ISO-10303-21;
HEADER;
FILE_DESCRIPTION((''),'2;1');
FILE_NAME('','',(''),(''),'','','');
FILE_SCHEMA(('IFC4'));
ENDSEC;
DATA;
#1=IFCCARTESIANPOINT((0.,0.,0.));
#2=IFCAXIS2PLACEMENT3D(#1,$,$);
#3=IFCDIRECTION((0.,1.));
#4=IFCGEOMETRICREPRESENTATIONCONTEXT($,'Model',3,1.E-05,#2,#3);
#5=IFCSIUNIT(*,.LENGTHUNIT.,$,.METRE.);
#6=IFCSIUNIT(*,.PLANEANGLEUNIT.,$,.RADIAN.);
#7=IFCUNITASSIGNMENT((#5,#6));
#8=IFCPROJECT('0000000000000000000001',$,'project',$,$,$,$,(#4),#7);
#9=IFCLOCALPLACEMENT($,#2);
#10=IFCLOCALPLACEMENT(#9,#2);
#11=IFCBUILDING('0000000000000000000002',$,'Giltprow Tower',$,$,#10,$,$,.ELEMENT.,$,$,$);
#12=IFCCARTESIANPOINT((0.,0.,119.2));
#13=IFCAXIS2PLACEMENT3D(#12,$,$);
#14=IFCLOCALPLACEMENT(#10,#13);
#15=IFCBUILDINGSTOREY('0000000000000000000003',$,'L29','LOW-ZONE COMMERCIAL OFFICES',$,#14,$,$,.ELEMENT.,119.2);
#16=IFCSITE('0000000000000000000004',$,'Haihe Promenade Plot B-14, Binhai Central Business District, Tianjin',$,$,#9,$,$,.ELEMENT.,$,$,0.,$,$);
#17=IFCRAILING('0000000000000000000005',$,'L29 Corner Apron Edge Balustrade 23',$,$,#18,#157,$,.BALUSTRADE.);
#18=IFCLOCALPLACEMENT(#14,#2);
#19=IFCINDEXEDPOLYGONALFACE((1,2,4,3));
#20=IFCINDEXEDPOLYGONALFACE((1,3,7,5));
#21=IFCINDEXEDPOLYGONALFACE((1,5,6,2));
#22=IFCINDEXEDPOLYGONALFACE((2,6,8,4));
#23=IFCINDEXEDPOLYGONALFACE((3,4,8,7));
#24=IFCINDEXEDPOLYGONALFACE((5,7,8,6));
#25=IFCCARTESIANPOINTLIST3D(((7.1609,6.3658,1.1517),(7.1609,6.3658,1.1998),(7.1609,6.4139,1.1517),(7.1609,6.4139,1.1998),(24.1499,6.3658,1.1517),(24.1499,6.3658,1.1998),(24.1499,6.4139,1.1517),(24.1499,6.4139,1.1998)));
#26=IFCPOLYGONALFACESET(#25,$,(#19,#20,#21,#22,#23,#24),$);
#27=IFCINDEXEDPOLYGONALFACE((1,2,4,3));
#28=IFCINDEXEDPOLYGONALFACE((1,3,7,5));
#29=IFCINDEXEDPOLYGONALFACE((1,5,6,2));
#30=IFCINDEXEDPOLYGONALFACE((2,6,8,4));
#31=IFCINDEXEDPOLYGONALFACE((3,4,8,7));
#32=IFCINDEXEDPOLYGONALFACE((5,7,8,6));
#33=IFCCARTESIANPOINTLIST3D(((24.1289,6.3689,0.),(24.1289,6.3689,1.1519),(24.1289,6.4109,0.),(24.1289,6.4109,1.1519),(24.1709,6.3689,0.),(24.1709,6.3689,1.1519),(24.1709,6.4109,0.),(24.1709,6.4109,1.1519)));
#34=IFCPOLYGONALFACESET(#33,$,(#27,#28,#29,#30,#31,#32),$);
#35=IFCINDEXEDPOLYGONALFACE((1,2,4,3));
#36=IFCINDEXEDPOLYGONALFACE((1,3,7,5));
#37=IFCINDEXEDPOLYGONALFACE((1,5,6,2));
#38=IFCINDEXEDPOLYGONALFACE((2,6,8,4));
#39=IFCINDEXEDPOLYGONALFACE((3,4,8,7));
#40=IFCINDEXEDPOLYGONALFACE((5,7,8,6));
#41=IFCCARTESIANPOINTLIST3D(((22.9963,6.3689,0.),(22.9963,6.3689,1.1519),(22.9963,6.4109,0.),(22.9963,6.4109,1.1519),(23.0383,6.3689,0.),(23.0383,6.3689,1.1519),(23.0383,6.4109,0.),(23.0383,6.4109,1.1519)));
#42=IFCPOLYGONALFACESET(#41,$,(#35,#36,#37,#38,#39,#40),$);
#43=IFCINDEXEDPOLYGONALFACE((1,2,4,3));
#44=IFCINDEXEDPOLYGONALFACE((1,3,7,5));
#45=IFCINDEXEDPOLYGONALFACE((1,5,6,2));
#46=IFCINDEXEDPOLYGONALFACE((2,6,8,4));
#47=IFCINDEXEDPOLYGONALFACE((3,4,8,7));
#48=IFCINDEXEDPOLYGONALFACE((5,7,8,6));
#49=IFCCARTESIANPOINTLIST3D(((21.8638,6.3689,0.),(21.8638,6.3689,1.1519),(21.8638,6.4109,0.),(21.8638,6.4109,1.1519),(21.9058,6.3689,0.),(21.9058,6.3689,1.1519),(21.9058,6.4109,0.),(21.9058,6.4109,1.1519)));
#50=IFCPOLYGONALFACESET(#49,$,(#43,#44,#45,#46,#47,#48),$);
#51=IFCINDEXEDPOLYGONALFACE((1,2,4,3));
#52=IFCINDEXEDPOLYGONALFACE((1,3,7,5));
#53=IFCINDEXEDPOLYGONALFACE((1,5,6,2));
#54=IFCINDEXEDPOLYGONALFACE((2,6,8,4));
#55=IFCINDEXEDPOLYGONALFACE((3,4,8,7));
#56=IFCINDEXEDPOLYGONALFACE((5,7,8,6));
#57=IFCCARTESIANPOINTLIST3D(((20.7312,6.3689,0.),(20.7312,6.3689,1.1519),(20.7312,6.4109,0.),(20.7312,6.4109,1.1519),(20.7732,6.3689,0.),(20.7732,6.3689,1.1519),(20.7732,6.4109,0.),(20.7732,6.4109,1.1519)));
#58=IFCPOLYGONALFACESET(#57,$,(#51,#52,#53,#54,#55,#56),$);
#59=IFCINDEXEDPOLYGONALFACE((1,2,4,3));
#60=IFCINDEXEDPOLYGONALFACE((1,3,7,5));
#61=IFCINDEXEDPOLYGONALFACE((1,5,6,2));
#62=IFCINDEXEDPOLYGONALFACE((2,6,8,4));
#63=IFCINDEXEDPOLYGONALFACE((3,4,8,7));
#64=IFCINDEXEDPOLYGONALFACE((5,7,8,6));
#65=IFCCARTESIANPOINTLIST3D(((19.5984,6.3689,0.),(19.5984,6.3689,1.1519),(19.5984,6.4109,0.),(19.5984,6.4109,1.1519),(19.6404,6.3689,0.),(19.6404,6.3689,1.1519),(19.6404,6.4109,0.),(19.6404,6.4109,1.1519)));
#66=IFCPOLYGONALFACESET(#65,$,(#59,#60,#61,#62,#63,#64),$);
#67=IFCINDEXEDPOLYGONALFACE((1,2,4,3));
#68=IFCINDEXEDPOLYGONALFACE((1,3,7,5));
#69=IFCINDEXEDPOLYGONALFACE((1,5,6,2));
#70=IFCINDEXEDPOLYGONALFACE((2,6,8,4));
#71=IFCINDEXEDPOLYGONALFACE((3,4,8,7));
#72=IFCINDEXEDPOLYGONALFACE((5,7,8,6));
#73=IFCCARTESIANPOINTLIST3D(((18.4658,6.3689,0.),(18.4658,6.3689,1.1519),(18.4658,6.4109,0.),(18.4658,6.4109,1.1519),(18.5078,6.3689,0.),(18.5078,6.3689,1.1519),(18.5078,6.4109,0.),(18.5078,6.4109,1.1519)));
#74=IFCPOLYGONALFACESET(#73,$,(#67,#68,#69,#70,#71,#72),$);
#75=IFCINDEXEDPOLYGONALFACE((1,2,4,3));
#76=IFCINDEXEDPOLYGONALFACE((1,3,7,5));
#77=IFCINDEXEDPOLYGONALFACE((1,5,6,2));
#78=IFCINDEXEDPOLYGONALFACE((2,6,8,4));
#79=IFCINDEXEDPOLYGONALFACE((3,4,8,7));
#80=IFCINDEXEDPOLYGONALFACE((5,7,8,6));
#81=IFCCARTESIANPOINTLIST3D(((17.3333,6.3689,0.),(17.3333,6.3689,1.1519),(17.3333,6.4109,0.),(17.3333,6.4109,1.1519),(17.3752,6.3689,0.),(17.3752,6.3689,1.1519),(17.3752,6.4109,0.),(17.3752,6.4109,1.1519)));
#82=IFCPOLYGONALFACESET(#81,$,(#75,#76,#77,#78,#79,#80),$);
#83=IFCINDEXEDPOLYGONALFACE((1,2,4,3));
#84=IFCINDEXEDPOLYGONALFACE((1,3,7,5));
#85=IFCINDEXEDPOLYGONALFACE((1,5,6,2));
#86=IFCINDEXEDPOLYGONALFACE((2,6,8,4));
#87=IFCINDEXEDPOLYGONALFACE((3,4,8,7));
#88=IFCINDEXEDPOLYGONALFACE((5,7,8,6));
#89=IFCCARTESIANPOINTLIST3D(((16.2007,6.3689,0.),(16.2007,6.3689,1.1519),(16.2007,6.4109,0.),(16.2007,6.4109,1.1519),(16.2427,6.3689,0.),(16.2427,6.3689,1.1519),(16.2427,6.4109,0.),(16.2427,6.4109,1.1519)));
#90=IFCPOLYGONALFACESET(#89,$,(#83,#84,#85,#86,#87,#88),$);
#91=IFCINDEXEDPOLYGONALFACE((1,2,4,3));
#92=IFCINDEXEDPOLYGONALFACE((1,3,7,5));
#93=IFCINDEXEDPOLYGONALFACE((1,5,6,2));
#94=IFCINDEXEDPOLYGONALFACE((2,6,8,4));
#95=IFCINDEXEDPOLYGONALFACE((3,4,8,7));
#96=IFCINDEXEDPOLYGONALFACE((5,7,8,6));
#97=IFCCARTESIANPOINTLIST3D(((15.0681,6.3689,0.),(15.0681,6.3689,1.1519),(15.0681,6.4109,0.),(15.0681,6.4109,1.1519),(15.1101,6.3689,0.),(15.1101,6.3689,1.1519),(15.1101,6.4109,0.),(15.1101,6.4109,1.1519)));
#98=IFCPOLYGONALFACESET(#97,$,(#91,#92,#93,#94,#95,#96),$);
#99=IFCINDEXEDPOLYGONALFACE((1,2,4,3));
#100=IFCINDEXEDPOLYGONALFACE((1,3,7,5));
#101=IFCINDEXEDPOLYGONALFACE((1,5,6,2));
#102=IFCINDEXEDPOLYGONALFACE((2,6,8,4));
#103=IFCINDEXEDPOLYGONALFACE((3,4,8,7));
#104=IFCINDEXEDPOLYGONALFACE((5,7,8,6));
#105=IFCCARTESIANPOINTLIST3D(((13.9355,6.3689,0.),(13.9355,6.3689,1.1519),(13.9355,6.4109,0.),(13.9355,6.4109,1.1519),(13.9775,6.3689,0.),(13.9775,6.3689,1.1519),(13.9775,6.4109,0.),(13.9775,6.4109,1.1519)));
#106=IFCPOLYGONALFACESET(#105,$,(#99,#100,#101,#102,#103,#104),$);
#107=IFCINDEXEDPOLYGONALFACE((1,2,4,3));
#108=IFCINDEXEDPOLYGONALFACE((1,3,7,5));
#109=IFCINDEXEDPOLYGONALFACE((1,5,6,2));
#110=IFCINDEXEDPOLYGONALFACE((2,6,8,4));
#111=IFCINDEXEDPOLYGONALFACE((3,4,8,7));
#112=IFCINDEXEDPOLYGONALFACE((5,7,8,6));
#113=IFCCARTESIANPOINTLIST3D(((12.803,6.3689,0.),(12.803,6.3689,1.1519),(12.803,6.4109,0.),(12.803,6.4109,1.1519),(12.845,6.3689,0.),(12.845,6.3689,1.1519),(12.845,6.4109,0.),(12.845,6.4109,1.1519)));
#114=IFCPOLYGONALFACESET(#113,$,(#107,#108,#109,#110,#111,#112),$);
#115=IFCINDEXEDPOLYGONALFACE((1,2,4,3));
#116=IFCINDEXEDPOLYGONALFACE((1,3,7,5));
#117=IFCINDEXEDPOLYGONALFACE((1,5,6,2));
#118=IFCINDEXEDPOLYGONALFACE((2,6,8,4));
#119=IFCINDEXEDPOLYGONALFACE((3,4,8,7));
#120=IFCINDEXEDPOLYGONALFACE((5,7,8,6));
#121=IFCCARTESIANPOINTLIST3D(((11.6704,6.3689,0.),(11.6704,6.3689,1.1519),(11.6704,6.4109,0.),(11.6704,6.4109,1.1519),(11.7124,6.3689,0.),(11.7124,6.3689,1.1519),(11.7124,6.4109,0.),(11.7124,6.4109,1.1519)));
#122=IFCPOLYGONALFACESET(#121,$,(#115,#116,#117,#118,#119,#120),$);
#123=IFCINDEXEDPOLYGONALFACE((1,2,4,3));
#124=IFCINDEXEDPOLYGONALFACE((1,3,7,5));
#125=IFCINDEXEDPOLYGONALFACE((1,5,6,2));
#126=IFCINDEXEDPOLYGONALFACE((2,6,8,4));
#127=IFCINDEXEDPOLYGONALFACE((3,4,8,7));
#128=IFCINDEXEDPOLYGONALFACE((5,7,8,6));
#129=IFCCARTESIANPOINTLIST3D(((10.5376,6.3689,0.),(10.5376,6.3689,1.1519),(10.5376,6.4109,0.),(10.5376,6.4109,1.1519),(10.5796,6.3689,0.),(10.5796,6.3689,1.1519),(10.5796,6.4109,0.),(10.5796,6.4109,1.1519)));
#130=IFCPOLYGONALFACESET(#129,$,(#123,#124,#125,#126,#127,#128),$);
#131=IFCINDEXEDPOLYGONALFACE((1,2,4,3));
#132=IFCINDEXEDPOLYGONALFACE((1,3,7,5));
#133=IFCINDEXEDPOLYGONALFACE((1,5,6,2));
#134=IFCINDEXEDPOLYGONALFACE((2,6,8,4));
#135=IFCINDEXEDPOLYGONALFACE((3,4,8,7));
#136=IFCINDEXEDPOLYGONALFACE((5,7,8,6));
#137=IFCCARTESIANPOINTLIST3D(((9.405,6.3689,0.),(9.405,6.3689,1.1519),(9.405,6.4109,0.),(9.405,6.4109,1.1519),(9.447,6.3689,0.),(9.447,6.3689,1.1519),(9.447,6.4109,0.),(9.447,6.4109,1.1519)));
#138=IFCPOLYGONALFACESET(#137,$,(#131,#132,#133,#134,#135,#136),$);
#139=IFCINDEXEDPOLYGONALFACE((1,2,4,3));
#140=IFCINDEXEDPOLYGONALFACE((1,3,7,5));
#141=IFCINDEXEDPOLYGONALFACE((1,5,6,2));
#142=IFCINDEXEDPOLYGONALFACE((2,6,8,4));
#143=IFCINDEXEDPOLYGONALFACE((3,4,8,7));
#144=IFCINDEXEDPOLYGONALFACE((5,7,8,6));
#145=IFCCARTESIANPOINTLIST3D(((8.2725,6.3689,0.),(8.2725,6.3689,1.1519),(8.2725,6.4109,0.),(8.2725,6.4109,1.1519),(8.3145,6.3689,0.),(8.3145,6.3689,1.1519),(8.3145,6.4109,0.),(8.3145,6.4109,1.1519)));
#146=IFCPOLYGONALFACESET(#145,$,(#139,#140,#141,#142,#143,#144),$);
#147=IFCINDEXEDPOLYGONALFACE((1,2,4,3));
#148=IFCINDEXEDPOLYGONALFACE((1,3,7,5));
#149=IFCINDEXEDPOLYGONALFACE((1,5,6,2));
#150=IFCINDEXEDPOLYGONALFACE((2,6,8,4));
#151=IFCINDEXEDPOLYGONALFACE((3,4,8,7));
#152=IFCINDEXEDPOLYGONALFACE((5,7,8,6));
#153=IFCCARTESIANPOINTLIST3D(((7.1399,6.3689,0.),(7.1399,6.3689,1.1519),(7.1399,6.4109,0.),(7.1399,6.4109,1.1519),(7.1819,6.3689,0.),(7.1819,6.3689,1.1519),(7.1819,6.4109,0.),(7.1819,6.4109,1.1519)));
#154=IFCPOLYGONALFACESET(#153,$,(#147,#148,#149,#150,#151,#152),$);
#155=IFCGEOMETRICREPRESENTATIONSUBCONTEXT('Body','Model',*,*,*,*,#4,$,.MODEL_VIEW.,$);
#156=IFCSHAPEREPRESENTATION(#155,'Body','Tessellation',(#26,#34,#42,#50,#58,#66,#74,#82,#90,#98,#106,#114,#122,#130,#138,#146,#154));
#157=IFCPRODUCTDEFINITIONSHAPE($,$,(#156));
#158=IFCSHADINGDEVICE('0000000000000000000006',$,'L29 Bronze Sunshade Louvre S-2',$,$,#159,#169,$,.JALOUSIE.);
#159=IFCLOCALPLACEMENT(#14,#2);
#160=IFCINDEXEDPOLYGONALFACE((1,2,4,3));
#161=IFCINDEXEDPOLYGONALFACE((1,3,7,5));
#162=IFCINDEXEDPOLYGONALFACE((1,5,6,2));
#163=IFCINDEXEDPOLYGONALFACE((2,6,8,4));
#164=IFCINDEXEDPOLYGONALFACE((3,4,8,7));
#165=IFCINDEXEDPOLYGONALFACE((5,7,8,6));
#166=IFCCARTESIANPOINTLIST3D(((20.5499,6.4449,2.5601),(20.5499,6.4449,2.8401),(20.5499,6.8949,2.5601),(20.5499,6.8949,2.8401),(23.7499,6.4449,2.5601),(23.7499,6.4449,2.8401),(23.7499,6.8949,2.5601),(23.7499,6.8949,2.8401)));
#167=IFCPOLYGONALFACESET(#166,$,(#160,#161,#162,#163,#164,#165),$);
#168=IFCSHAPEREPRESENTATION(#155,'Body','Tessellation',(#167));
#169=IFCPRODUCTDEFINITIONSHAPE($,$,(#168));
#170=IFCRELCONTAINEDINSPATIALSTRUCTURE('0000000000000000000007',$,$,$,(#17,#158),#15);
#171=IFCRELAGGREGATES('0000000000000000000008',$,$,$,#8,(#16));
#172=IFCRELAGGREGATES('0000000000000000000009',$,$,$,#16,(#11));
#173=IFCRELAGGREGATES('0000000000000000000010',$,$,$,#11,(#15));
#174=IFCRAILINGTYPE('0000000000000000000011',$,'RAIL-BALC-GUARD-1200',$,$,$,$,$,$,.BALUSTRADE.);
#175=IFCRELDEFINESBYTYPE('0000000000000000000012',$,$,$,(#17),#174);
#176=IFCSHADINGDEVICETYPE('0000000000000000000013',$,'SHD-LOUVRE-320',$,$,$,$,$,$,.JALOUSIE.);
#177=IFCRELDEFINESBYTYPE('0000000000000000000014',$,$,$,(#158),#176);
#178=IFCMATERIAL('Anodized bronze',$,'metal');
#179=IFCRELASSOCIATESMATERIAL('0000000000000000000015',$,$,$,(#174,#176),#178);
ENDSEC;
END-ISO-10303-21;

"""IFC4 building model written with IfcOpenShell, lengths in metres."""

from ifc_helpers import new_model, si_unit, direction, frame, origin, origin_2d, place, context, subcontext, project, spatial, rectangle, extrude, source, transform, mapped, material, type_object, element, save


model = new_model("IFC4")

# Units and contexts
model_context = context("Model", 3, precision=1e-05, world=origin(), true_north=direction((0.0, 1.0)))
body_context = subcontext(model_context, "Body", "Model", "MODEL_VIEW")
ifc_project = project(units=[si_unit("LENGTHUNIT", "METRE"), si_unit("PLANEANGLEUNIT", "RADIAN")], contexts=[model_context])

# Site, building, storey
site_placement = place(None, origin())
site = spatial("IfcSite", under=ifc_project, at=site_placement, Name="Haihe Promenade Plot B-14, Binhai Central Business District, Tianjin", CompositionType="ELEMENT", RefElevation=0.0)
building_placement = place(site_placement, origin())
building = spatial("IfcBuilding", under=site, at=building_placement, Name="Giltprow Tower", CompositionType="ELEMENT")
storey_placement = place(building_placement, frame((0.0, 0.0, 119.2)))
storey = spatial("IfcBuildingStorey", under=building, at=storey_placement, Name="L29", Description="LOW-ZONE COMMERCIAL OFFICES", CompositionType="ELEMENT", Elevation=119.2)

# Railing
ifc_material_1 = material(Name="Anodized bronze", Category="metal")
railing_type = type_object("IfcRailingType", Name="RAIL-BALC-GUARD-1200", PredefinedType="BALUSTRADE", material=ifc_material_1)
railing_1_placement = place(storey_placement, frame((24.1499, 6.3899, 0.0)))
element("IfcRailing", 1, at=railing_1_placement, inside=storey, type_object=railing_type, Name="L29 Corner Apron Edge Balustrade 23", PredefinedType="BALUSTRADE", context=body_context, shape_type="SweptSolid", body=[
    extrude(rectangle(XDim=0.0481, YDim=0.0481, at=origin_2d()), frame((0.0, 0.0, 1.1758), z_axis=(-1.0, 0.0, 0.0), x_axis=(0.0, -1.0, 0.0)), (0.0, 0.0, 1.0), 16.989),
    extrude(rectangle(XDim=0.042, YDim=0.042, at=origin_2d()), origin(), (0.0, 0.0, 1.0), 1.1519),
    extrude(rectangle(XDim=0.042, YDim=0.042, at=origin_2d()), frame((-1.1326, 0.0, 0.0)), (0.0, 0.0, 1.0), 1.1519),
    extrude(rectangle(XDim=0.042, YDim=0.042, at=origin_2d()), frame((-2.2651, 0.0, 0.0)), (0.0, 0.0, 1.0), 1.1519),
    extrude(rectangle(XDim=0.042, YDim=0.042, at=origin_2d()), frame((-3.3977, 0.0, 0.0)), (0.0, 0.0, 1.0), 1.1519),
    extrude(rectangle(XDim=0.042, YDim=0.042, at=origin_2d()), frame((-4.5305, 0.0, 0.0)), (0.0, 0.0, 1.0), 1.1519),
    extrude(rectangle(XDim=0.042, YDim=0.042, at=origin_2d()), frame((-5.6631, 0.0, 0.0)), (0.0, 0.0, 1.0), 1.1519),
    extrude(rectangle(XDim=0.042, YDim=0.042, at=origin_2d()), frame((-6.7957, 0.0, 0.0)), (0.0, 0.0, 1.0), 1.1519),
    extrude(rectangle(XDim=0.042, YDim=0.042, at=origin_2d()), frame((-7.9282, 0.0, 0.0)), (0.0, 0.0, 1.0), 1.1519),
    extrude(rectangle(XDim=0.042, YDim=0.042, at=origin_2d()), frame((-9.0608, 0.0, 0.0)), (0.0, 0.0, 1.0), 1.1519),
    extrude(rectangle(XDim=0.042, YDim=0.042, at=origin_2d()), frame((-10.1934, 0.0, 0.0)), (0.0, 0.0, 1.0), 1.1519),
    extrude(rectangle(XDim=0.042, YDim=0.042, at=origin_2d()), frame((-11.3259, 0.0, 0.0)), (0.0, 0.0, 1.0), 1.1519),
    extrude(rectangle(XDim=0.042, YDim=0.042, at=origin_2d()), frame((-12.4585, 0.0, 0.0)), (0.0, 0.0, 1.0), 1.1519),
    extrude(rectangle(XDim=0.042, YDim=0.042, at=origin_2d()), frame((-13.5913, 0.0, 0.0)), (0.0, 0.0, 1.0), 1.1519),
    extrude(rectangle(XDim=0.042, YDim=0.042, at=origin_2d()), frame((-14.7239, 0.0, 0.0)), (0.0, 0.0, 1.0), 1.1519),
    extrude(rectangle(XDim=0.042, YDim=0.042, at=origin_2d()), frame((-15.8564, 0.0, 0.0)), (0.0, 0.0, 1.0), 1.1519),
    extrude(rectangle(XDim=0.042, YDim=0.042, at=origin_2d()), frame((-16.989, 0.0, 0.0)), (0.0, 0.0, 1.0), 1.1519),
])

# Shading device
shading_device_type = type_object("IfcShadingDeviceType", Name="SHD-LOUVRE-320", PredefinedType="JALOUSIE", material=ifc_material_1)
shared_shape_1 = source(origin(), body_context, "Body", "SweptSolid", [
    extrude(rectangle(XDim=3.2, YDim=0.45, at=origin_2d()), origin(), (0.0, 0.0, 1.0), 0.28),
])
shading_device_placement = place(storey_placement, frame((22.1499, 6.6699, 2.5601), z_axis=(0.0, 0.0, 1.0), x_axis=(1.0, 0.0, 0.0)))
element("IfcShadingDevice", 2, at=shading_device_placement, inside=storey, type_object=shading_device_type, Name="L29 Bronze Sunshade Louvre S-2", PredefinedType="JALOUSIE", context=body_context, shape_type="MappedRepresentation", body=[
    mapped(shared_shape_1, transform((0.0, 0.0, 0.0), x_axis=(1.0, 0.0, 0.0), y_axis=(0.0, 1.0, 0.0), z_axis=(0.0, 0.0, 1.0), scale=1.0)),
])

save(model, "model.ifc")
